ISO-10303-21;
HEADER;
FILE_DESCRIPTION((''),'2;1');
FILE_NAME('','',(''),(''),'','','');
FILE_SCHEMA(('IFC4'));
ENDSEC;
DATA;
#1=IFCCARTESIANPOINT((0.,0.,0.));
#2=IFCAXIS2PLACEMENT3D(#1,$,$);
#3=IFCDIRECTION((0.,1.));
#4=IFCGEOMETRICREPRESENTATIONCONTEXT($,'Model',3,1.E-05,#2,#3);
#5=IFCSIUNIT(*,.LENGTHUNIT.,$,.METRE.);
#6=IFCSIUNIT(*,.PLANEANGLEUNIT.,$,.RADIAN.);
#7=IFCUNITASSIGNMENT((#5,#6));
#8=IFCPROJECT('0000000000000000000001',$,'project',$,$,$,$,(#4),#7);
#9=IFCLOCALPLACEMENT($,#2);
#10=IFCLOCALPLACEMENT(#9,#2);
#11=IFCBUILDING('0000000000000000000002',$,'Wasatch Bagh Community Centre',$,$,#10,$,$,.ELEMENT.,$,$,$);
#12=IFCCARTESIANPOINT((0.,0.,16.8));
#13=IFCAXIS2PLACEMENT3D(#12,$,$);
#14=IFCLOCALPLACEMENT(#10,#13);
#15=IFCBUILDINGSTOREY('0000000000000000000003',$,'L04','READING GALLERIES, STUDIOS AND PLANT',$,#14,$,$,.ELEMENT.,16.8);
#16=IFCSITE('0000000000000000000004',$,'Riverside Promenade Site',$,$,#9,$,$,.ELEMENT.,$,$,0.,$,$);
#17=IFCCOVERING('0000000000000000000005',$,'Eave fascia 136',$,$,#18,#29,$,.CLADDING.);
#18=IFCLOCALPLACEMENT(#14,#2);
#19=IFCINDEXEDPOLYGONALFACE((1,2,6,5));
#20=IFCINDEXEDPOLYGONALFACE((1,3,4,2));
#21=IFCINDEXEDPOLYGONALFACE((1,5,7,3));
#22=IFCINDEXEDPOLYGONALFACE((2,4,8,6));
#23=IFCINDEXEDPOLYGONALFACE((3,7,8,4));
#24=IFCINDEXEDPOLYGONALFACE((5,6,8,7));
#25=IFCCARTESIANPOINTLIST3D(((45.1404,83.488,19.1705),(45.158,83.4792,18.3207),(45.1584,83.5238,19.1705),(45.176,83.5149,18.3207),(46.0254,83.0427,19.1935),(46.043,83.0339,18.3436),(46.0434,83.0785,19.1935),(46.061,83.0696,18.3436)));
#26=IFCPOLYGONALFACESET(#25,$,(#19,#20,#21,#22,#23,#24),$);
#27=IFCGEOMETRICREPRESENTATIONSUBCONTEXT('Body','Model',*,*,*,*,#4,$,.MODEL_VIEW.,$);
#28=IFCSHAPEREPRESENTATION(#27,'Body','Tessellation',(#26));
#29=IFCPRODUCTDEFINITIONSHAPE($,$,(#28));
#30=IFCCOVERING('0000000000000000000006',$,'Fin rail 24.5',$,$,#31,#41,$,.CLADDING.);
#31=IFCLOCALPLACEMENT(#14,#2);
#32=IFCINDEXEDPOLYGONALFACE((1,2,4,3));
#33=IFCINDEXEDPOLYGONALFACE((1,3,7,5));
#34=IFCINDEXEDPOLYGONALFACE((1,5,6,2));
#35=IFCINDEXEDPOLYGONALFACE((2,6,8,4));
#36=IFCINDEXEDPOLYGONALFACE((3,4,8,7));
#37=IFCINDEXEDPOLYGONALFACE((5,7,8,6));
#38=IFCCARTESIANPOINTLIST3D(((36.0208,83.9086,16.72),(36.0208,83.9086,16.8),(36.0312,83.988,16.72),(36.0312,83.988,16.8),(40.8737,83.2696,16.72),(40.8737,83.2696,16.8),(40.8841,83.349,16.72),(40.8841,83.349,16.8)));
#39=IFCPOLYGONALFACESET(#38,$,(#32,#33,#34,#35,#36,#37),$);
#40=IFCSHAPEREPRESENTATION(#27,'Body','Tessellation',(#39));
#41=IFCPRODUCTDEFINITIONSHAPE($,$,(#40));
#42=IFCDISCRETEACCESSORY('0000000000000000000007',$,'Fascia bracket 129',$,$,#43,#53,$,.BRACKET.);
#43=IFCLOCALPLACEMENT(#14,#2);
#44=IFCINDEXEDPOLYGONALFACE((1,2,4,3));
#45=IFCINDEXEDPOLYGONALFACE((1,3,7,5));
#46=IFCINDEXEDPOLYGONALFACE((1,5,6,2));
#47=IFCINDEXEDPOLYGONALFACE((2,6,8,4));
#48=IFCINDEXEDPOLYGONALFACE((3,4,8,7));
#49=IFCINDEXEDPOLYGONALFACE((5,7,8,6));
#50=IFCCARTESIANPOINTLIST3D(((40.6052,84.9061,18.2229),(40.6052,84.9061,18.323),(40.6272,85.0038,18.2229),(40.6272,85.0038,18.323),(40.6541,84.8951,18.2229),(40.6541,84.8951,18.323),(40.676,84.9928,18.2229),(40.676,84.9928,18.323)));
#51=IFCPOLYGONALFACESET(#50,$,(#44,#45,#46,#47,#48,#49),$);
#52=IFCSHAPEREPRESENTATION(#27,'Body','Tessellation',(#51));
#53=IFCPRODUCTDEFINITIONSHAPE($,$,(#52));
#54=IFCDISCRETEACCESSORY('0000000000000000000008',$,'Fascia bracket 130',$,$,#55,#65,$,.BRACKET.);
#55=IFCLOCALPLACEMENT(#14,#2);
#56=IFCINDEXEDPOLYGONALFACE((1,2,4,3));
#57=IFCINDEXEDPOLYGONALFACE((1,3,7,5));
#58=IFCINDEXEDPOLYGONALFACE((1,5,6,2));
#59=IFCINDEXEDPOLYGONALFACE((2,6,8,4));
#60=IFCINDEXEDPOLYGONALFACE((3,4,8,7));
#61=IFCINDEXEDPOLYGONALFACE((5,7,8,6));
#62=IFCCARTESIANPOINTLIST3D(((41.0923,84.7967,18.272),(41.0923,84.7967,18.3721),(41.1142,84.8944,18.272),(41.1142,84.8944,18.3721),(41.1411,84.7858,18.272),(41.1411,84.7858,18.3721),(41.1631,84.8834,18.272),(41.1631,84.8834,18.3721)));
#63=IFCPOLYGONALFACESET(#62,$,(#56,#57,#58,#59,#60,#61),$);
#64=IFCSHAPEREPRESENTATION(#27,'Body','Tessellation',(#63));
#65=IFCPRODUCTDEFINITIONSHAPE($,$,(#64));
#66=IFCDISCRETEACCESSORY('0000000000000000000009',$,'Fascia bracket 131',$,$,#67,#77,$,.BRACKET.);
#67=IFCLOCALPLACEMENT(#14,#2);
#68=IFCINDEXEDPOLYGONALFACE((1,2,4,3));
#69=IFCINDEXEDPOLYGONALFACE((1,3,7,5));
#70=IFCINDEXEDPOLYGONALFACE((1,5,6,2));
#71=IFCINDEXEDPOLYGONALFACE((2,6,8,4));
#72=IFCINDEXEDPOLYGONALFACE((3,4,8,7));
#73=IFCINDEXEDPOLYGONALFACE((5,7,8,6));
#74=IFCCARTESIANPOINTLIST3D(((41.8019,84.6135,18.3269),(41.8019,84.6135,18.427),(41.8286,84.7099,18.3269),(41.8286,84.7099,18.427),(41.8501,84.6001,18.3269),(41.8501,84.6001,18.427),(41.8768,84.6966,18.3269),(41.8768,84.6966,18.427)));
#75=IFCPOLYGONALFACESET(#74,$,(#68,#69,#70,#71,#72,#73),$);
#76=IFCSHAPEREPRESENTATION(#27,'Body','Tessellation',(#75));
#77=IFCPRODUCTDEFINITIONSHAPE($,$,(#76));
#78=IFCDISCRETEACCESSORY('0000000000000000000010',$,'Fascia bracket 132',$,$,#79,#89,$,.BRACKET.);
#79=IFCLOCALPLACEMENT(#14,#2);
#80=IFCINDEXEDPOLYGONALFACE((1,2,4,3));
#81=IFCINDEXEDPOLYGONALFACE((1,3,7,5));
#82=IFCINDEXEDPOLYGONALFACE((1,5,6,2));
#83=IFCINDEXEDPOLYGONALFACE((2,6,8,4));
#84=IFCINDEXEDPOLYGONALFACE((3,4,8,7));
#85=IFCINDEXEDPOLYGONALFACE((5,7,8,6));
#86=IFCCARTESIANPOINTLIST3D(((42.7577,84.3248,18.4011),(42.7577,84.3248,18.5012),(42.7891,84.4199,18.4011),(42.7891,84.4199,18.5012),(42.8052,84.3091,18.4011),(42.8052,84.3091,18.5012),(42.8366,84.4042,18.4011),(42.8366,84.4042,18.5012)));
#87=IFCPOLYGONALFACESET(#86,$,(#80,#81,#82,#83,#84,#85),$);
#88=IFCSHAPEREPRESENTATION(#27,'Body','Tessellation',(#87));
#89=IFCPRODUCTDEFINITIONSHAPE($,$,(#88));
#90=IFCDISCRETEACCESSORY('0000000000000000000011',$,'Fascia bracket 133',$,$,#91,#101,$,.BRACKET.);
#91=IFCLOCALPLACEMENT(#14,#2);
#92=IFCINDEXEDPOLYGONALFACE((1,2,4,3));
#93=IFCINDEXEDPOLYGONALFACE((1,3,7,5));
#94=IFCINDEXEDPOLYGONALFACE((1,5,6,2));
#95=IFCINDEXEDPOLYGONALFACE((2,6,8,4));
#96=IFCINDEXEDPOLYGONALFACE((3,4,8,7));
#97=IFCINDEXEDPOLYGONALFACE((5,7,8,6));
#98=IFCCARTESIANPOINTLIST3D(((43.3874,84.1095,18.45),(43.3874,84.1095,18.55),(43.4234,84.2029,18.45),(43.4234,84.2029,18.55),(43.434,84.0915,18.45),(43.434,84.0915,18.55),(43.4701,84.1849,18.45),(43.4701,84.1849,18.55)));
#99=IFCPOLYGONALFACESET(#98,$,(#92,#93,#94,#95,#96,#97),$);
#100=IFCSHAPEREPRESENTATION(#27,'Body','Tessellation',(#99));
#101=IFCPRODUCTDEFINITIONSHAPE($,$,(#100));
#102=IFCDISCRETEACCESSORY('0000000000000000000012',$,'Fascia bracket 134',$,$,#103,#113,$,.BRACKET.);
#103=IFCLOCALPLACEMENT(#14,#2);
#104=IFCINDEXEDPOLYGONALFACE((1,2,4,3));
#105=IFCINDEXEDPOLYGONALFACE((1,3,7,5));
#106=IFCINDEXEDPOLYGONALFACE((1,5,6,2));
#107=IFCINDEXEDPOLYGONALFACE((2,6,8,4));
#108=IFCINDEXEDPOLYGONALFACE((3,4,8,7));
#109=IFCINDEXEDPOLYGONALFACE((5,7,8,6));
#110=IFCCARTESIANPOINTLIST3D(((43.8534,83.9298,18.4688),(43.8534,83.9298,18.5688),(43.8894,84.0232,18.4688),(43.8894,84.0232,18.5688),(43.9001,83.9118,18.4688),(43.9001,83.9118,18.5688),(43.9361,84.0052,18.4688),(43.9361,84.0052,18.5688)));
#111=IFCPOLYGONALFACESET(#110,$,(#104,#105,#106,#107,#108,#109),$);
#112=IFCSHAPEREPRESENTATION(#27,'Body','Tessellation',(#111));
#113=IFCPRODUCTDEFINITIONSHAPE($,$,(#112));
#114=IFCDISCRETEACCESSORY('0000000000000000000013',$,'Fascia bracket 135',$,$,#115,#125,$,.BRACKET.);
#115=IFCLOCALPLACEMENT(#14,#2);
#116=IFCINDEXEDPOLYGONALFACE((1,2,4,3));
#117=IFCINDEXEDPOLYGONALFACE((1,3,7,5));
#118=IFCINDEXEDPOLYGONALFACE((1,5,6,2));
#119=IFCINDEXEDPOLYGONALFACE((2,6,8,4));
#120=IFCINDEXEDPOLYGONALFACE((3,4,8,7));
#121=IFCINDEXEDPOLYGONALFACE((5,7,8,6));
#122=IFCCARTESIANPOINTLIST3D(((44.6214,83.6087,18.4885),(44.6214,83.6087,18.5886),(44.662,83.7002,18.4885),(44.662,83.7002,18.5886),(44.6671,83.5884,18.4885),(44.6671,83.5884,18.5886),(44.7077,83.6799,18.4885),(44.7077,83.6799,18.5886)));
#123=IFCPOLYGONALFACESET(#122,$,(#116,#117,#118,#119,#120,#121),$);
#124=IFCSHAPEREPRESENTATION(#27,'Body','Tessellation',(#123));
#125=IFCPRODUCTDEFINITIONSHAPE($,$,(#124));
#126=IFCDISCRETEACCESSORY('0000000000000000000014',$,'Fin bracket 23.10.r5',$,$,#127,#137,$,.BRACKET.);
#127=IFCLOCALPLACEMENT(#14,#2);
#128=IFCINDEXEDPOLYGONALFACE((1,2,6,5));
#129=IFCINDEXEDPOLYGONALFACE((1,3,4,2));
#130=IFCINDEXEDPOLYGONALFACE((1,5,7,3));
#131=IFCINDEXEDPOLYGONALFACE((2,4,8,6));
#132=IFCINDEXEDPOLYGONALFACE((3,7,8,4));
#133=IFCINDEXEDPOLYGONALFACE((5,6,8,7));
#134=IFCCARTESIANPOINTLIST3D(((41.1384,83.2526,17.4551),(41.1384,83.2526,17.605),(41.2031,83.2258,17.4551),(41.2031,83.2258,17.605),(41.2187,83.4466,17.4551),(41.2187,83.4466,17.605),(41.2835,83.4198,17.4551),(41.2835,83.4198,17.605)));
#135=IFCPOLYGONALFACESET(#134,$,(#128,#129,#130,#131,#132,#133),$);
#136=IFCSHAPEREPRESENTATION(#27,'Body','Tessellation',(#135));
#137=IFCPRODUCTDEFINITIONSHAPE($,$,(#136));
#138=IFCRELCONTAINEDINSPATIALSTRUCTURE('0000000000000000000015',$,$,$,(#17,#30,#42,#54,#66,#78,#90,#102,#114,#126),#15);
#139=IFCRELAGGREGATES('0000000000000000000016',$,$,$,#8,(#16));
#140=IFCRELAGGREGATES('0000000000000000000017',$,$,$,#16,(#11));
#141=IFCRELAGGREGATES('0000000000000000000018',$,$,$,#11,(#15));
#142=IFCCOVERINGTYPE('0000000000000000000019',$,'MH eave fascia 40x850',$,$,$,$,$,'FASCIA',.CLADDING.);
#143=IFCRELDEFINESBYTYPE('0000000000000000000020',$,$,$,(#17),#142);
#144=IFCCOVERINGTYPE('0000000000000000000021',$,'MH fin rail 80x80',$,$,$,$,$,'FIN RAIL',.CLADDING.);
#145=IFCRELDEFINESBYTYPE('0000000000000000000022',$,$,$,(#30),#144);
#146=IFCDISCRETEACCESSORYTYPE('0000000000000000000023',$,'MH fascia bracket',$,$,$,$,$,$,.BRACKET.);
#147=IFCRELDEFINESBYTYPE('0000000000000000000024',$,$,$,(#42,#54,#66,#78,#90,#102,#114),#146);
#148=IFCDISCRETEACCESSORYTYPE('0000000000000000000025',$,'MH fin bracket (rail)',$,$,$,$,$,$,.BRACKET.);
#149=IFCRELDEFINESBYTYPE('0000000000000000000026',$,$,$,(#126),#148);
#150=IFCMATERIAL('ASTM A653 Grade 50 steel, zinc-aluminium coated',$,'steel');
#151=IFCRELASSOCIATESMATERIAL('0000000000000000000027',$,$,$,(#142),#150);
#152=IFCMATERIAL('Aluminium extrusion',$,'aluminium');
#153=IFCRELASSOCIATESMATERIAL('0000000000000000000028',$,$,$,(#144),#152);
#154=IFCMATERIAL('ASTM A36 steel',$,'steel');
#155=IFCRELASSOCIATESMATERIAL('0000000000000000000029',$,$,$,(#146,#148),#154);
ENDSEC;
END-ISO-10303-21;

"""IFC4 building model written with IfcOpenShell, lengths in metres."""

from ifc_helpers import new_model, si_unit, direction, frame, origin, origin_2d, place, context, subcontext, project, spatial, rectangle, extrude, material, material_profile, profile_set, type_object, element, save


model = new_model("IFC4")

# Units and contexts
model_context = context("Model", 3, precision=1e-05, world=origin(), true_north=direction((0.0, 1.0)))
body_context = subcontext(model_context, "Body", "Model", "MODEL_VIEW")
ifc_project = project(units=[si_unit("LENGTHUNIT", "METRE"), si_unit("PLANEANGLEUNIT", "RADIAN")], contexts=[model_context])

# Site, building, storey
site_placement = place(None, origin())
site = spatial("IfcSite", under=ifc_project, at=site_placement, Name="Riverside Promenade Site", CompositionType="ELEMENT", RefElevation=0.0)
building_placement = place(site_placement, origin())
building = spatial("IfcBuilding", under=site, at=building_placement, Name="Wasatch Bagh Community Centre", CompositionType="ELEMENT")
storey_placement = place(building_placement, frame((0.0, 0.0, 16.8)))
storey = spatial("IfcBuildingStorey", under=building, at=storey_placement, Name="L04", Description="READING GALLERIES, STUDIOS AND PLANT", CompositionType="ELEMENT", Elevation=16.8)

# Coverings
ifc_material_1 = material(Name="ASTM A653 Grade 50 steel, zinc-aluminium coated", Category="steel")
ifc_material_profile_1 = material_profile(ifc_material_1, rectangle(XDim=0.04, YDim=0.8501, at=origin_2d()), Name="FASCIA 40x850")
ifc_profile_set_1 = profile_set([ifc_material_profile_1], Name="ASTM A653 Grade 50 steel, zinc-aluminium coated")
covering_type_1 = type_object("IfcCoveringType", Name="MH eave fascia 40x850", ElementType="FASCIA", PredefinedType="CLADDING", material=ifc_profile_set_1)
for number, where, z_axis, x_axis, name in (
    (1, (45.1582, 83.5015, 18.7456), (0.893051, -0.449359, 0.023158), (0.449479, 0.893291, 0.0), "Eave fascia 136"),
):
    element("IfcCovering", number, at=place(storey_placement, frame(where, z_axis=z_axis, x_axis=x_axis)), inside=storey, type_object=covering_type_1, Name=name, PredefinedType="CLADDING", context=body_context, shape_type="SweptSolid", body=[
        extrude(rectangle(XDim=0.04, YDim=0.8501, at=origin_2d()), origin(), (0.0, 0.0, 1.0), 0.991),
    ])
ifc_material_2 = material(Name="Aluminium extrusion", Category="aluminium")
ifc_material_profile_2 = material_profile(ifc_material_2, rectangle(XDim=0.0801, YDim=0.0801, at=origin_2d()), Name="AL 80x80")
ifc_profile_set_2 = profile_set([ifc_material_profile_2], Name="Aluminium extrusion")
covering_type_2 = type_object("IfcCoveringType", Name="MH fin rail 80x80", ElementType="FIN RAIL", PredefinedType="CLADDING", material=ifc_profile_set_2)
covering_1_placement = place(storey_placement, frame((40.8789, 83.3093, 16.76), z_axis=(-0.991444, 0.130533, 0.0), x_axis=(-0.130533, -0.991444, 0.0)))
element("IfcCovering", 2, at=covering_1_placement, inside=storey, type_object=covering_type_2, Name="Fin rail 24.5", PredefinedType="CLADDING", context=body_context, shape_type="SweptSolid", body=[
    extrude(rectangle(XDim=0.0801, YDim=0.0801, at=origin_2d()), origin(), (0.0, 0.0, 1.0), 4.8948),
])

# Discrete accessories
ifc_material_3 = material(Name="ASTM A36 steel", Category="steel")
discrete_accessory_type_1 = type_object("IfcDiscreteAccessoryType", Name="MH fascia bracket", PredefinedType="BRACKET", material=ifc_material_3)
for number, where, z_axis, x_axis, name in (
    (3, (40.6406, 84.9495, 18.2229), (0.0, 0.0, 1.0), (0.219101, 0.975702, 0.0), "Fascia bracket 129"),
    (4, (41.1277, 84.8401, 18.272), (0.0, 0.0, 1.0), (0.219101, 0.975702, 0.0), "Fascia bracket 130"),
    (5, (41.8394, 84.655, 18.3269), (0.0, 0.0, 1.0), (0.266713, 0.963776, 0.0), "Fascia bracket 131"),
    (6, (42.7971, 84.3645, 18.4011), (0.0, 0.0, 1.0), (0.313682, 0.949528, 0.0), "Fascia bracket 132"),
    (7, (43.4287, 84.1472, 18.45), (0.0, 0.0, 1.0), (0.359895, 0.932993, 0.0), "Fascia bracket 133"),
    (8, (43.8948, 83.9675, 18.4688), (0.0, 0.0, 1.0), (0.359895, 0.932993, 0.0), "Fascia bracket 134"),
    (9, (44.6646, 83.6443, 18.4885), (0.0, 0.0, 1.0), (0.405241, 0.91421, 0.0), "Fascia bracket 135"),
):
    element("IfcDiscreteAccessory", number, at=place(storey_placement, frame(where, z_axis=z_axis, x_axis=x_axis)), inside=storey, type_object=discrete_accessory_type_1, Name=name, PredefinedType="BRACKET", context=body_context, shape_type="SweptSolid", body=[
        extrude(rectangle(XDim=0.1001, YDim=0.05, at=origin_2d()), origin(), (0.0, 0.0, 1.0), 0.1001),
    ])
discrete_accessory_type_2 = type_object("IfcDiscreteAccessoryType", Name="MH fin bracket (rail)", PredefinedType="BRACKET", material=ifc_material_3)
discrete_accessory_placement = place(storey_placement, frame((41.2109, 83.3362, 17.4551), z_axis=(0.0, 0.0, 1.0), x_axis=(-0.92388, 0.382683, 0.0)))
element("IfcDiscreteAccessory", 10, at=discrete_accessory_placement, inside=storey, type_object=discrete_accessory_type_2, Name="Fin bracket 23.10.r5", PredefinedType="BRACKET", context=body_context, shape_type="SweptSolid", body=[
    extrude(rectangle(XDim=0.0701, YDim=0.21, at=origin_2d()), origin(), (0.0, 0.0, 1.0), 0.1499),
])

save(model, "model.ifc")
